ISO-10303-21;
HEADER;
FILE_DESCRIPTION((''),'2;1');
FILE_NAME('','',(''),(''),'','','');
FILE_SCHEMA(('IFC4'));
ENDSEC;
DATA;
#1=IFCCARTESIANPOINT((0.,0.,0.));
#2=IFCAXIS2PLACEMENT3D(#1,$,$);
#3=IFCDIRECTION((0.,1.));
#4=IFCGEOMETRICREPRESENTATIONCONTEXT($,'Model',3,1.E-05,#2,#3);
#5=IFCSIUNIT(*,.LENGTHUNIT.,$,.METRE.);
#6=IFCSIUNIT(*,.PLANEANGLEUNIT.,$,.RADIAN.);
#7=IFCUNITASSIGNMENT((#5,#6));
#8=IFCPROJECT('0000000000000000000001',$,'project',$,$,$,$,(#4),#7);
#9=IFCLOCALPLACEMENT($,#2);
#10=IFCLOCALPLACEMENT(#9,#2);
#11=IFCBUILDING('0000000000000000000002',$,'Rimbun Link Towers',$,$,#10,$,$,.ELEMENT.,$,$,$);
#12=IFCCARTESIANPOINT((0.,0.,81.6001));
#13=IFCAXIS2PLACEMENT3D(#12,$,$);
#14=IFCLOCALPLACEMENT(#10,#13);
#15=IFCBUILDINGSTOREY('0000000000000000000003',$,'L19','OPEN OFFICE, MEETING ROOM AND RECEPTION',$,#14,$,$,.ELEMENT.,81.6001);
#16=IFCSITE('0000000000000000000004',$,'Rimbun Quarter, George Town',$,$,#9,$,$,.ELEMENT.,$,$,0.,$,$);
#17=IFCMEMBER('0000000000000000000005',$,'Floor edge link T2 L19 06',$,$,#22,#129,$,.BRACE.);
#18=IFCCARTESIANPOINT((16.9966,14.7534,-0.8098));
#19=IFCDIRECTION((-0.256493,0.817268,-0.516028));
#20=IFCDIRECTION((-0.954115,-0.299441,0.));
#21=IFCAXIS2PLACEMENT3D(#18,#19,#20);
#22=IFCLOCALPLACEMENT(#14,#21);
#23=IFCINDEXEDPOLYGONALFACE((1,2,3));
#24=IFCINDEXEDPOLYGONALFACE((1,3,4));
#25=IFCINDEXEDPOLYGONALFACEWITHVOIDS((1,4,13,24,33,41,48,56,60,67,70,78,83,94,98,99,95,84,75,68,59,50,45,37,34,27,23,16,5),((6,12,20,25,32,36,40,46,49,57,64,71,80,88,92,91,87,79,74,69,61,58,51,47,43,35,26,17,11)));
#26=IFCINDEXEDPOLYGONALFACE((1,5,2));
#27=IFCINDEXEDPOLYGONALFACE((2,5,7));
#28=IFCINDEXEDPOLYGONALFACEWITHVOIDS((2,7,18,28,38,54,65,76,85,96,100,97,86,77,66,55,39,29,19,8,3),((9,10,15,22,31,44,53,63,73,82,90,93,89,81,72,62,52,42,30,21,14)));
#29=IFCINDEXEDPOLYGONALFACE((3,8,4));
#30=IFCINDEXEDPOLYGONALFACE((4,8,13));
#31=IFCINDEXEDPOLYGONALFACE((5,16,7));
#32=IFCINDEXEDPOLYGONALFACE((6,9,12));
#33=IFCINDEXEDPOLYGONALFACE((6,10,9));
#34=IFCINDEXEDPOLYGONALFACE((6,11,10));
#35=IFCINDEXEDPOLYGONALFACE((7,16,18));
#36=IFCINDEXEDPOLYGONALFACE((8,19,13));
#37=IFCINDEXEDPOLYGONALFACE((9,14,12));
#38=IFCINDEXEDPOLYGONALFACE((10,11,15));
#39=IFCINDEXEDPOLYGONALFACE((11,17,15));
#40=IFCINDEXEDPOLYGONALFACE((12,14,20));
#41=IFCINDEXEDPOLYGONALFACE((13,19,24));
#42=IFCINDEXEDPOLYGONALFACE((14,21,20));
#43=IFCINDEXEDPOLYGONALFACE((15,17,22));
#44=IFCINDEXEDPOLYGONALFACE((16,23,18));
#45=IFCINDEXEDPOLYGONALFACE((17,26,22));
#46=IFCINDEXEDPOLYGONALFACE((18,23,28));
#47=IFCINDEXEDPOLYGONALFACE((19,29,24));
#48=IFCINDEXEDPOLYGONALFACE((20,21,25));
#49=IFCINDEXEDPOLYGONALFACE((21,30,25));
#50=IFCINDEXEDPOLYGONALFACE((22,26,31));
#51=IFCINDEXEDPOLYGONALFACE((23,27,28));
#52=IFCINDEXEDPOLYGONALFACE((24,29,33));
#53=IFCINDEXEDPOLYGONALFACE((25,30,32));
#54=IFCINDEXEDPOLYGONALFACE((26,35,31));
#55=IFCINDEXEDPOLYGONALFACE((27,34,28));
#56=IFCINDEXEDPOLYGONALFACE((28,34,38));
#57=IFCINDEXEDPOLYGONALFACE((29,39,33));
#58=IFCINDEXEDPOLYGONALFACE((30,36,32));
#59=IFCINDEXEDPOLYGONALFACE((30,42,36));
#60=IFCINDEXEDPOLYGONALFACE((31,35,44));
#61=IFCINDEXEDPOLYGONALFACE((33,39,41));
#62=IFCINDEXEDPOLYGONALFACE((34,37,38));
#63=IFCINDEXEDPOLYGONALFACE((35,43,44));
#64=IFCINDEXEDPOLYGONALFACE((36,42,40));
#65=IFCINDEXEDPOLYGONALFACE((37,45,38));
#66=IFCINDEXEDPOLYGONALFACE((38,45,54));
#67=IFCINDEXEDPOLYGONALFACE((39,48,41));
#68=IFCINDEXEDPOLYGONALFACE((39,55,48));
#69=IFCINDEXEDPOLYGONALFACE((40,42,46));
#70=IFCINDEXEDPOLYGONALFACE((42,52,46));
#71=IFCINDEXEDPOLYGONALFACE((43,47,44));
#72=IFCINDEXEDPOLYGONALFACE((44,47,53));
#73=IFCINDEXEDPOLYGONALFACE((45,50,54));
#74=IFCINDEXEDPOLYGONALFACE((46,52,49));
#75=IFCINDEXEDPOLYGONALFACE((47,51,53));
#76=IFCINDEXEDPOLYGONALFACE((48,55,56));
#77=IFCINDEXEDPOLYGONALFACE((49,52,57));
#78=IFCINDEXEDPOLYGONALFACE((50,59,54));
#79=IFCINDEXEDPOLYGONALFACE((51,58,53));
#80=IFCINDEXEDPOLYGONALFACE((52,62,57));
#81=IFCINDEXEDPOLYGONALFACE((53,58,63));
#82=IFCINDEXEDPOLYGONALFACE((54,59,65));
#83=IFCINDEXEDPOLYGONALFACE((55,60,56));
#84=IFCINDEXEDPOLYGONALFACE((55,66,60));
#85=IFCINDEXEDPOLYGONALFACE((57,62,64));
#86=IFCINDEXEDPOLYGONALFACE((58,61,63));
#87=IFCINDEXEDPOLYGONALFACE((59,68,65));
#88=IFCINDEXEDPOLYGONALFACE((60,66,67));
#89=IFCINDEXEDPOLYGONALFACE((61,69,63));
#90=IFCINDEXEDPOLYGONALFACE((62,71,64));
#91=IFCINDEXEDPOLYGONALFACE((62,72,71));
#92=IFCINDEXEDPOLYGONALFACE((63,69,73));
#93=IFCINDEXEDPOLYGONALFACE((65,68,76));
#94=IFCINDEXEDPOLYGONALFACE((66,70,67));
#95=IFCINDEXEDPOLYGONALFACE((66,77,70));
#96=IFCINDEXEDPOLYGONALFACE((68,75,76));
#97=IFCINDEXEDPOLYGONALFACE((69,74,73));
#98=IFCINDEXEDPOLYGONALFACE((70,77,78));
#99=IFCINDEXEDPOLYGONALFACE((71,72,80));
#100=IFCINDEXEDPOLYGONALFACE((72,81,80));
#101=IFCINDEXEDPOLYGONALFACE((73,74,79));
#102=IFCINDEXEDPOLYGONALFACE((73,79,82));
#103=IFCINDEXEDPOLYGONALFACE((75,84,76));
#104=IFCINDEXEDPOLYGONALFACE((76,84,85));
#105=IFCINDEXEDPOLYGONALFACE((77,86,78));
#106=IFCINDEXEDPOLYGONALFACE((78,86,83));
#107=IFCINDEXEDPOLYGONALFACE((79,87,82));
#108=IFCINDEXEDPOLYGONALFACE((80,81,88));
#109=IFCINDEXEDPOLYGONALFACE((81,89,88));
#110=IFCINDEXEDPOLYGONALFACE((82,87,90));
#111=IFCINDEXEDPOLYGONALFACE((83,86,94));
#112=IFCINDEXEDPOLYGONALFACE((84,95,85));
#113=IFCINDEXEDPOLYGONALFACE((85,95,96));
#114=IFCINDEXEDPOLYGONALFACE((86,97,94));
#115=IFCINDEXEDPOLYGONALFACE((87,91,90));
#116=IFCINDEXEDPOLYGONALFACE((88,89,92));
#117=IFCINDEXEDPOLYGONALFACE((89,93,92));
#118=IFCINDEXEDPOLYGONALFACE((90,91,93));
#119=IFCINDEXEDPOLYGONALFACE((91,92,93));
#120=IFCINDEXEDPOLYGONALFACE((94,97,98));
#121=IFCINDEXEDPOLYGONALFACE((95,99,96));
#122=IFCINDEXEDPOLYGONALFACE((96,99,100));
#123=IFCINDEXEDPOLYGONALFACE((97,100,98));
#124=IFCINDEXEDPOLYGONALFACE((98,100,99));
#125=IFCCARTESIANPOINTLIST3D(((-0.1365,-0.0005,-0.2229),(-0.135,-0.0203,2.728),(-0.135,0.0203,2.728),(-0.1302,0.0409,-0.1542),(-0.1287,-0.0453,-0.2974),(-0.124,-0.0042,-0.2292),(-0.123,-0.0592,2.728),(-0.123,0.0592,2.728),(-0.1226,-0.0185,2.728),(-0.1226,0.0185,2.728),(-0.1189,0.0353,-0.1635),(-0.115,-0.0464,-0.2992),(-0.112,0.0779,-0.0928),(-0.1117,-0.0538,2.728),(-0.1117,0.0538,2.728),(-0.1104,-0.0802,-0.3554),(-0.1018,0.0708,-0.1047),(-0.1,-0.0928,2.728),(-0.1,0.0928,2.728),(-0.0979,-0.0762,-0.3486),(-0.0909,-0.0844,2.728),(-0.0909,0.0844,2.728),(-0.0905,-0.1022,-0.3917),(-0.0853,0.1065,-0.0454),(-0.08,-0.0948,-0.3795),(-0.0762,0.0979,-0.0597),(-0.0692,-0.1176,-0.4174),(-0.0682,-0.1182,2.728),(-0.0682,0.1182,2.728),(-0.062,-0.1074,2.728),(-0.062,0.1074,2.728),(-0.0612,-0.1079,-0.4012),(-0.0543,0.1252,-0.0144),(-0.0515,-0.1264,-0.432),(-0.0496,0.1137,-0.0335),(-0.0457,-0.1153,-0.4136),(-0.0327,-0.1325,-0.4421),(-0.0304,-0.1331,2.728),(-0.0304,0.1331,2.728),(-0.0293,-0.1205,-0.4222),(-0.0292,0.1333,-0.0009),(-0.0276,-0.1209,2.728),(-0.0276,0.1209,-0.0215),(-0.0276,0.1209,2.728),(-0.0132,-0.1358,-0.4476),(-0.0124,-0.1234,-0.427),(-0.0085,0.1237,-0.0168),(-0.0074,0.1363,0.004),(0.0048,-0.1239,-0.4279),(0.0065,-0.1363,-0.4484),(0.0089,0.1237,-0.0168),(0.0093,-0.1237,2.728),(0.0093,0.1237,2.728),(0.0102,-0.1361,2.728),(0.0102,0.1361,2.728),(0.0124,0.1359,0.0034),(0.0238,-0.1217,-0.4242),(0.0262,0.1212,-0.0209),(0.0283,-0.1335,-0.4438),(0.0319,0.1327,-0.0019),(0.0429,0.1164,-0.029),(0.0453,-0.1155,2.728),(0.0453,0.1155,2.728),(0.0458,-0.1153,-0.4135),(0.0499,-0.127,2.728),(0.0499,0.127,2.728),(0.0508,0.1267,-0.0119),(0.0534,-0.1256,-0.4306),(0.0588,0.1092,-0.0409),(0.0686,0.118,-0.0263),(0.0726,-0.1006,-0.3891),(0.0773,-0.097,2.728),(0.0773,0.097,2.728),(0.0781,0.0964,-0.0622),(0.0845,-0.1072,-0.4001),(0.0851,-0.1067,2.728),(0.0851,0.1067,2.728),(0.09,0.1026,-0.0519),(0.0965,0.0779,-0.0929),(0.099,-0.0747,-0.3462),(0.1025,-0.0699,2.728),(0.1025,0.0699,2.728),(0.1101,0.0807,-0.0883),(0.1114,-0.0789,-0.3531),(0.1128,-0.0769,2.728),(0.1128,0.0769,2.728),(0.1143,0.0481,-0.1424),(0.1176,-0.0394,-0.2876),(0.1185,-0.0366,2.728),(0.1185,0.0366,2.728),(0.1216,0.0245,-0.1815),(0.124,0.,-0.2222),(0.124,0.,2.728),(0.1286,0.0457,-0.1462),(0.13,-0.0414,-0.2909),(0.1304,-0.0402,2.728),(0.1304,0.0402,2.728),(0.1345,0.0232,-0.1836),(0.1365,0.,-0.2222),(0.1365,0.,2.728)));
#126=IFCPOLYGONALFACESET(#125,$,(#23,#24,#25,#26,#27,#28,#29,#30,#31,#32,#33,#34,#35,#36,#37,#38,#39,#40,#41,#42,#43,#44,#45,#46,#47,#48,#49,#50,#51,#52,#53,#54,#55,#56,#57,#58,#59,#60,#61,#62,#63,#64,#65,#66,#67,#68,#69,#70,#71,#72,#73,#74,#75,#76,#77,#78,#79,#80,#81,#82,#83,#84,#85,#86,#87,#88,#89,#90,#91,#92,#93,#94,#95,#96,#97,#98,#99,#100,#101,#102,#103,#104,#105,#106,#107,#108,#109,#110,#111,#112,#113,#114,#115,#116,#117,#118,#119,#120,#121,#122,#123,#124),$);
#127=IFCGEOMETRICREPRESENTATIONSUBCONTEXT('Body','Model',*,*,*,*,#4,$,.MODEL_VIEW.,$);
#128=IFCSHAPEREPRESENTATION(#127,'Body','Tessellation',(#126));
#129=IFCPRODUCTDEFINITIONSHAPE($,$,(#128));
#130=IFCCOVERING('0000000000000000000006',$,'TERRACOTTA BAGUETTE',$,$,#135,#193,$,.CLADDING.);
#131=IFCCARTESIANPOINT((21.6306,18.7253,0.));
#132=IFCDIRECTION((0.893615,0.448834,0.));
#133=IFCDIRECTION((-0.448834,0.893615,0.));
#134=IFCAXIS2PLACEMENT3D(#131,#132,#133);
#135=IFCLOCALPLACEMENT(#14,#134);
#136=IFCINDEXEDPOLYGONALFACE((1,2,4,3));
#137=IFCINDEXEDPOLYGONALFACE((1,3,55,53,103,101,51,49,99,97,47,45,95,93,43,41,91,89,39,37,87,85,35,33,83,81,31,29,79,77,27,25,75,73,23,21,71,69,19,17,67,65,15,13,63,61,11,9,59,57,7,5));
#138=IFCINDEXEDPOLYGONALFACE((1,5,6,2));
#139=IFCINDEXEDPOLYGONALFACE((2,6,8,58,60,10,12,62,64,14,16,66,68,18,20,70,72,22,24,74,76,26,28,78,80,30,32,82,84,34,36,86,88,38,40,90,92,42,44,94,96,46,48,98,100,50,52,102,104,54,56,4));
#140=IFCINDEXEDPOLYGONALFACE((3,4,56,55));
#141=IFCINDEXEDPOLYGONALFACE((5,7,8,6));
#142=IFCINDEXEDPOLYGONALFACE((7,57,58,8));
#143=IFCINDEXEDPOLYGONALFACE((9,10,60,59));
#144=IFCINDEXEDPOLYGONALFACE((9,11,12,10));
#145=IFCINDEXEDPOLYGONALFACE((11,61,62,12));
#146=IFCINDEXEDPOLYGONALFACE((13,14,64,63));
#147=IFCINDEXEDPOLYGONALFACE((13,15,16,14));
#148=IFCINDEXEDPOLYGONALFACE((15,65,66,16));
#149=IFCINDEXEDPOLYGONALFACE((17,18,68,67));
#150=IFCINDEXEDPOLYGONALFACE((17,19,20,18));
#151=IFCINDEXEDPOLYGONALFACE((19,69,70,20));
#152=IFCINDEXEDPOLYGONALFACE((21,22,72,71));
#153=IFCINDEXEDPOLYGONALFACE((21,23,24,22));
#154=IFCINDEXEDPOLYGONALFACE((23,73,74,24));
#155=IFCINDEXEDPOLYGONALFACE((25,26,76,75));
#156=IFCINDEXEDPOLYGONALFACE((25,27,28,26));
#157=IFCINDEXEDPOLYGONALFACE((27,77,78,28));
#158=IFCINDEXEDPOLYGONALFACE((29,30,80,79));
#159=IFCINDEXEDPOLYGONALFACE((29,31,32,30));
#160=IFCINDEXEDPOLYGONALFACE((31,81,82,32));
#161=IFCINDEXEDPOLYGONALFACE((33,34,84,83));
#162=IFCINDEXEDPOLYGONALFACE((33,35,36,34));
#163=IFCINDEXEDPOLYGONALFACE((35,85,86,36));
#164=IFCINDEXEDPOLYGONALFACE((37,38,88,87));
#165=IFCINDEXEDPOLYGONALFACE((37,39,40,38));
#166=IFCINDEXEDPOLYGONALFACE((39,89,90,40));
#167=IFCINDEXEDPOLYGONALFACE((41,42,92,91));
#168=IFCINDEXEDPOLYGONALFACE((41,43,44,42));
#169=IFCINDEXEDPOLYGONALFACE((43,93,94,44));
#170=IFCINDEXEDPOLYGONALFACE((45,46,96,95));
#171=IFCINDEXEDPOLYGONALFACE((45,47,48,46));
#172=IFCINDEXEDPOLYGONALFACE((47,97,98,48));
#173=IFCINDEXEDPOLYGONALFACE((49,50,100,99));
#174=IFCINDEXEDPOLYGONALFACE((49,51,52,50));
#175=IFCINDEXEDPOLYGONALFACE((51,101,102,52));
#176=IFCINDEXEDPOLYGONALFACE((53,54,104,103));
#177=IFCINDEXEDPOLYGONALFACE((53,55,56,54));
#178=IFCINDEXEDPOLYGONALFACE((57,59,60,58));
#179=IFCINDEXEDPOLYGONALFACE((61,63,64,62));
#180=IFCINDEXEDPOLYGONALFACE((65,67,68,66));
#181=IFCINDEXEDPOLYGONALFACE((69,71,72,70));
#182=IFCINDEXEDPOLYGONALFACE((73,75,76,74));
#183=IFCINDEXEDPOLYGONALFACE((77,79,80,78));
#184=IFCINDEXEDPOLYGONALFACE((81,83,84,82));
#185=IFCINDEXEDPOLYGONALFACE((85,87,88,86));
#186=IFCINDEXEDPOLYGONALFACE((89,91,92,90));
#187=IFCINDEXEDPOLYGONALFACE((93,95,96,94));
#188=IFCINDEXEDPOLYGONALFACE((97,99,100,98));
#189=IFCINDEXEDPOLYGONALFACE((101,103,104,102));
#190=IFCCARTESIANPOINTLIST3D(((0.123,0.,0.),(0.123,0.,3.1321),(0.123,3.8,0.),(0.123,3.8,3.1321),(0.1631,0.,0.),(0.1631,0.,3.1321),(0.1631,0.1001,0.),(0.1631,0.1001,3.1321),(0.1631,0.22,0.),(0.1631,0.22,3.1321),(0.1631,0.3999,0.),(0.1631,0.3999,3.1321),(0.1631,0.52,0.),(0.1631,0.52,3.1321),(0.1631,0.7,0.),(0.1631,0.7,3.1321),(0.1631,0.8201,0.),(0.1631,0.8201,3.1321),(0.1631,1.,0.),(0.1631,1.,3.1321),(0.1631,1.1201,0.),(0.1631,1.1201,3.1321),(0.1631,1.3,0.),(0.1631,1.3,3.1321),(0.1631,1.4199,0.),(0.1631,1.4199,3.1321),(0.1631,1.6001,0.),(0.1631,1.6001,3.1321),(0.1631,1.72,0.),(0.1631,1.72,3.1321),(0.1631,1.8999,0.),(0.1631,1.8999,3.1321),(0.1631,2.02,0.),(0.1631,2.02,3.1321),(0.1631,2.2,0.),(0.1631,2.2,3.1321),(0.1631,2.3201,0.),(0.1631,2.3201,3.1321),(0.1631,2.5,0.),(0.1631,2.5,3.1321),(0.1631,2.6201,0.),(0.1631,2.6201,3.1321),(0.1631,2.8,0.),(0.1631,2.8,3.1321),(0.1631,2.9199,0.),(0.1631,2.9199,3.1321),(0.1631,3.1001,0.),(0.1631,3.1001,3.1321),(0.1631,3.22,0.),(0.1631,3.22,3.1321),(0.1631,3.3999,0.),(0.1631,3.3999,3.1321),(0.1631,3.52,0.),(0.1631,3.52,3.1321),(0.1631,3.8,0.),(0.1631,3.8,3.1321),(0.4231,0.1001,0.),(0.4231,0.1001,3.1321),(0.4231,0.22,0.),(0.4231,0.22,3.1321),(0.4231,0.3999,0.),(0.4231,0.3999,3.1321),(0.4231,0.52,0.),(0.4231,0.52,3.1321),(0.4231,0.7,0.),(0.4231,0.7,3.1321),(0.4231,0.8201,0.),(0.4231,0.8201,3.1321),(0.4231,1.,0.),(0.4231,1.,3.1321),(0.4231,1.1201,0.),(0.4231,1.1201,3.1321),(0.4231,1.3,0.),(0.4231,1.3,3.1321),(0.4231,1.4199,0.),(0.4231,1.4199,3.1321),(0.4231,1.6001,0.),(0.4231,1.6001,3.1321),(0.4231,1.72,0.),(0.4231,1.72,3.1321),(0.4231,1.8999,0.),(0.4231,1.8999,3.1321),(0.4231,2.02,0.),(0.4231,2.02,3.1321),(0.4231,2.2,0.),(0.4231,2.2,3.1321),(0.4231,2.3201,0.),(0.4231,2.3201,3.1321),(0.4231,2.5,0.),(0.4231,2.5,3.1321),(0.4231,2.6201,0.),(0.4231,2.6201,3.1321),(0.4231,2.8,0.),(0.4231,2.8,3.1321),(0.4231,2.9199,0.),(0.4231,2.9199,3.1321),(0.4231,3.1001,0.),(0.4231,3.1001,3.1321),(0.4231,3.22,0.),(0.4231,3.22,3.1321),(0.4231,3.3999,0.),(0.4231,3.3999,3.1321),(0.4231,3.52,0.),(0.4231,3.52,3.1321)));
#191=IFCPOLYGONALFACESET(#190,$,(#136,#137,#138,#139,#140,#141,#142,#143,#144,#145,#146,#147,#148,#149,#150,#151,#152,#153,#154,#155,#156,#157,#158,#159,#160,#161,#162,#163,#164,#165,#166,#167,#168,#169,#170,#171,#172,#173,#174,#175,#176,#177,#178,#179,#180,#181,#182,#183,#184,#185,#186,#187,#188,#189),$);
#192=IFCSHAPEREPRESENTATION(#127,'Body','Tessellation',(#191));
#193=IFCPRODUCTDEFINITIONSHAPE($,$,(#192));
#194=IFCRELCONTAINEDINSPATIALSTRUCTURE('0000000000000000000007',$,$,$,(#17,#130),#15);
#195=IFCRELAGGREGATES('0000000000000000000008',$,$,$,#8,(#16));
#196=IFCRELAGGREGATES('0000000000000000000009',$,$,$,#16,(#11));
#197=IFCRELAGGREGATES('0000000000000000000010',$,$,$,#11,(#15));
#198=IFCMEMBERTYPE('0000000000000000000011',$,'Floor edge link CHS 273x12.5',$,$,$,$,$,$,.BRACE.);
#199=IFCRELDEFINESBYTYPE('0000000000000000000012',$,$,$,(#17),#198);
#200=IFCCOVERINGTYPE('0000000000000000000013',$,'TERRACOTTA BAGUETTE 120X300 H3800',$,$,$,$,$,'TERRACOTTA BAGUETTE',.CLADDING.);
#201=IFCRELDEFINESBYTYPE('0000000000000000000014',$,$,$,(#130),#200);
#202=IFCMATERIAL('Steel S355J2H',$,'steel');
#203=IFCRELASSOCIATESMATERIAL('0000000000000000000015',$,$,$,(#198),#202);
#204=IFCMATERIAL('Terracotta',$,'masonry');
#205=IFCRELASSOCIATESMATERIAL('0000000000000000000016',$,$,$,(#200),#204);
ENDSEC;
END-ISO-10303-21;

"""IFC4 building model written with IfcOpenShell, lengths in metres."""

from ifc_helpers import new_model, si_unit, direction, frame, origin, origin_2d, place, context, subcontext, project, spatial, polyline, hollow_circle, outline, extrude, clip, halfspace, material, material_profile, profile_set, type_object, element, save


model = new_model("IFC4")

# Units and contexts
model_context = context("Model", 3, precision=1e-05, world=origin(), true_north=direction((0.0, 1.0)))
body_context = subcontext(model_context, "Body", "Model", "MODEL_VIEW")
ifc_project = project(units=[si_unit("LENGTHUNIT", "METRE"), si_unit("PLANEANGLEUNIT", "RADIAN")], contexts=[model_context])

# Site, building, storey
site_placement = place(None, origin())
site = spatial("IfcSite", under=ifc_project, at=site_placement, Name="Rimbun Quarter, George Town", CompositionType="ELEMENT", RefElevation=0.0)
building_placement = place(site_placement, origin())
building = spatial("IfcBuilding", under=site, at=building_placement, Name="Rimbun Link Towers", CompositionType="ELEMENT")
storey_placement = place(building_placement, frame((0.0, 0.0, 81.6001)))
storey = spatial("IfcBuildingStorey", under=building, at=storey_placement, Name="L19", Description="OPEN OFFICE, MEETING ROOM AND RECEPTION", CompositionType="ELEMENT", Elevation=81.6001)

# Member
ifc_material_1 = material(Name="Steel S355J2H", Category="steel")
ifc_material_profile_1 = material_profile(ifc_material_1, hollow_circle(Radius=0.1365, WallThickness=0.0125, at=origin_2d()), Name="CHS 273x12.5")
ifc_profile_set_1 = profile_set([ifc_material_profile_1], Name="Steel S355J2H")
member_type_1 = type_object("IfcMemberType", Name="Floor edge link CHS 273x12.5", PredefinedType="BRACE", material=ifc_profile_set_1)
member_1_placement = place(storey_placement, frame((16.9966, 14.7534, -0.8098), z_axis=(-0.256493, 0.817268, -0.516028), x_axis=(-0.954115, -0.299441, 0.0)))
element("IfcMember", 1, at=member_1_placement, inside=storey, type_object=member_type_1, Name="Floor edge link T2 L19 06", PredefinedType="BRACE", context=body_context, shape_type="Clipping", body=[
    clip(extrude(hollow_circle(Radius=0.1365, WallThickness=0.0125, at=origin_2d()), frame((0.0, 0.0, -0.4724)), (0.0, 0.0, 1.0), 3.2004), halfspace(frame((0.0, 0.0, -0.2222), z_axis=(0.0, 0.856572, -0.516028)), False)),
])

# Covering
ifc_material_2 = material(Name="Terracotta", Category="masonry")
ifc_material_profile_2 = material_profile(ifc_material_2, outline(polyline([(0.123, 0.0), (0.1631, 0.0), (0.1631, 0.1001), (0.4231, 0.1001), (0.4231, 0.22), (0.1631, 0.22), (0.1631, 0.3999), (0.4231, 0.3999), (0.4231, 0.52), (0.1631, 0.52), (0.1631, 0.7), (0.4231, 0.7), (0.4231, 0.8201), (0.1631, 0.8201), (0.1631, 1.0), (0.4231, 1.0), (0.4231, 1.1201), (0.1631, 1.1201), (0.1631, 1.3), (0.4231, 1.3), (0.4231, 1.4199), (0.1631, 1.4199), (0.1631, 1.6001), (0.4231, 1.6001), (0.4231, 1.72), (0.1631, 1.72), (0.1631, 1.8999), (0.4231, 1.8999), (0.4231, 2.02), (0.1631, 2.02), (0.1631, 2.2), (0.4231, 2.2), (0.4231, 2.3201), (0.1631, 2.3201), (0.1631, 2.5), (0.4231, 2.5), (0.4231, 2.6201), (0.1631, 2.6201), (0.1631, 2.8), (0.4231, 2.8), (0.4231, 2.9199), (0.1631, 2.9199), (0.1631, 3.1001), (0.4231, 3.1001), (0.4231, 3.22), (0.1631, 3.22), (0.1631, 3.3999), (0.4231, 3.3999), (0.4231, 3.52), (0.1631, 3.52), (0.1631, 3.8), (0.123, 3.8), (0.123, 0.0)])), Name="BAGUETTE 120X300")
ifc_profile_set_2 = profile_set([ifc_material_profile_2], Name="Terracotta")
covering_type = type_object("IfcCoveringType", Name="TERRACOTTA BAGUETTE 120X300 H3800", ElementType="TERRACOTTA BAGUETTE", PredefinedType="CLADDING", material=ifc_profile_set_2)
covering_1_placement = place(storey_placement, frame((21.6306, 18.7253, 0.0), z_axis=(0.893615, 0.448834, 0.0), x_axis=(-0.448834, 0.893615, 0.0)))
element("IfcCovering", 2, at=covering_1_placement, inside=storey, type_object=covering_type, Name="TERRACOTTA BAGUETTE", PredefinedType="CLADDING", context=body_context, shape_type="SweptSolid", body=[
    extrude(outline(polyline([(0.123, 0.0), (0.1631, 0.0), (0.1631, 0.1001), (0.4231, 0.1001), (0.4231, 0.22), (0.1631, 0.22), (0.1631, 0.3999), (0.4231, 0.3999), (0.4231, 0.52), (0.1631, 0.52), (0.1631, 0.7), (0.4231, 0.7), (0.4231, 0.8201), (0.1631, 0.8201), (0.1631, 1.0), (0.4231, 1.0), (0.4231, 1.1201), (0.1631, 1.1201), (0.1631, 1.3), (0.4231, 1.3), (0.4231, 1.4199), (0.1631, 1.4199), (0.1631, 1.6001), (0.4231, 1.6001), (0.4231, 1.72), (0.1631, 1.72), (0.1631, 1.8999), (0.4231, 1.8999), (0.4231, 2.02), (0.1631, 2.02), (0.1631, 2.2), (0.4231, 2.2), (0.4231, 2.3201), (0.1631, 2.3201), (0.1631, 2.5), (0.4231, 2.5), (0.4231, 2.6201), (0.1631, 2.6201), (0.1631, 2.8), (0.4231, 2.8), (0.4231, 2.9199), (0.1631, 2.9199), (0.1631, 3.1001), (0.4231, 3.1001), (0.4231, 3.22), (0.1631, 3.22), (0.1631, 3.3999), (0.4231, 3.3999), (0.4231, 3.52), (0.1631, 3.52), (0.1631, 3.8), (0.123, 3.8), (0.123, 0.0)])), origin(), (0.0, 0.0, 1.0), 3.1321),
])

save(model, "model.ifc")
